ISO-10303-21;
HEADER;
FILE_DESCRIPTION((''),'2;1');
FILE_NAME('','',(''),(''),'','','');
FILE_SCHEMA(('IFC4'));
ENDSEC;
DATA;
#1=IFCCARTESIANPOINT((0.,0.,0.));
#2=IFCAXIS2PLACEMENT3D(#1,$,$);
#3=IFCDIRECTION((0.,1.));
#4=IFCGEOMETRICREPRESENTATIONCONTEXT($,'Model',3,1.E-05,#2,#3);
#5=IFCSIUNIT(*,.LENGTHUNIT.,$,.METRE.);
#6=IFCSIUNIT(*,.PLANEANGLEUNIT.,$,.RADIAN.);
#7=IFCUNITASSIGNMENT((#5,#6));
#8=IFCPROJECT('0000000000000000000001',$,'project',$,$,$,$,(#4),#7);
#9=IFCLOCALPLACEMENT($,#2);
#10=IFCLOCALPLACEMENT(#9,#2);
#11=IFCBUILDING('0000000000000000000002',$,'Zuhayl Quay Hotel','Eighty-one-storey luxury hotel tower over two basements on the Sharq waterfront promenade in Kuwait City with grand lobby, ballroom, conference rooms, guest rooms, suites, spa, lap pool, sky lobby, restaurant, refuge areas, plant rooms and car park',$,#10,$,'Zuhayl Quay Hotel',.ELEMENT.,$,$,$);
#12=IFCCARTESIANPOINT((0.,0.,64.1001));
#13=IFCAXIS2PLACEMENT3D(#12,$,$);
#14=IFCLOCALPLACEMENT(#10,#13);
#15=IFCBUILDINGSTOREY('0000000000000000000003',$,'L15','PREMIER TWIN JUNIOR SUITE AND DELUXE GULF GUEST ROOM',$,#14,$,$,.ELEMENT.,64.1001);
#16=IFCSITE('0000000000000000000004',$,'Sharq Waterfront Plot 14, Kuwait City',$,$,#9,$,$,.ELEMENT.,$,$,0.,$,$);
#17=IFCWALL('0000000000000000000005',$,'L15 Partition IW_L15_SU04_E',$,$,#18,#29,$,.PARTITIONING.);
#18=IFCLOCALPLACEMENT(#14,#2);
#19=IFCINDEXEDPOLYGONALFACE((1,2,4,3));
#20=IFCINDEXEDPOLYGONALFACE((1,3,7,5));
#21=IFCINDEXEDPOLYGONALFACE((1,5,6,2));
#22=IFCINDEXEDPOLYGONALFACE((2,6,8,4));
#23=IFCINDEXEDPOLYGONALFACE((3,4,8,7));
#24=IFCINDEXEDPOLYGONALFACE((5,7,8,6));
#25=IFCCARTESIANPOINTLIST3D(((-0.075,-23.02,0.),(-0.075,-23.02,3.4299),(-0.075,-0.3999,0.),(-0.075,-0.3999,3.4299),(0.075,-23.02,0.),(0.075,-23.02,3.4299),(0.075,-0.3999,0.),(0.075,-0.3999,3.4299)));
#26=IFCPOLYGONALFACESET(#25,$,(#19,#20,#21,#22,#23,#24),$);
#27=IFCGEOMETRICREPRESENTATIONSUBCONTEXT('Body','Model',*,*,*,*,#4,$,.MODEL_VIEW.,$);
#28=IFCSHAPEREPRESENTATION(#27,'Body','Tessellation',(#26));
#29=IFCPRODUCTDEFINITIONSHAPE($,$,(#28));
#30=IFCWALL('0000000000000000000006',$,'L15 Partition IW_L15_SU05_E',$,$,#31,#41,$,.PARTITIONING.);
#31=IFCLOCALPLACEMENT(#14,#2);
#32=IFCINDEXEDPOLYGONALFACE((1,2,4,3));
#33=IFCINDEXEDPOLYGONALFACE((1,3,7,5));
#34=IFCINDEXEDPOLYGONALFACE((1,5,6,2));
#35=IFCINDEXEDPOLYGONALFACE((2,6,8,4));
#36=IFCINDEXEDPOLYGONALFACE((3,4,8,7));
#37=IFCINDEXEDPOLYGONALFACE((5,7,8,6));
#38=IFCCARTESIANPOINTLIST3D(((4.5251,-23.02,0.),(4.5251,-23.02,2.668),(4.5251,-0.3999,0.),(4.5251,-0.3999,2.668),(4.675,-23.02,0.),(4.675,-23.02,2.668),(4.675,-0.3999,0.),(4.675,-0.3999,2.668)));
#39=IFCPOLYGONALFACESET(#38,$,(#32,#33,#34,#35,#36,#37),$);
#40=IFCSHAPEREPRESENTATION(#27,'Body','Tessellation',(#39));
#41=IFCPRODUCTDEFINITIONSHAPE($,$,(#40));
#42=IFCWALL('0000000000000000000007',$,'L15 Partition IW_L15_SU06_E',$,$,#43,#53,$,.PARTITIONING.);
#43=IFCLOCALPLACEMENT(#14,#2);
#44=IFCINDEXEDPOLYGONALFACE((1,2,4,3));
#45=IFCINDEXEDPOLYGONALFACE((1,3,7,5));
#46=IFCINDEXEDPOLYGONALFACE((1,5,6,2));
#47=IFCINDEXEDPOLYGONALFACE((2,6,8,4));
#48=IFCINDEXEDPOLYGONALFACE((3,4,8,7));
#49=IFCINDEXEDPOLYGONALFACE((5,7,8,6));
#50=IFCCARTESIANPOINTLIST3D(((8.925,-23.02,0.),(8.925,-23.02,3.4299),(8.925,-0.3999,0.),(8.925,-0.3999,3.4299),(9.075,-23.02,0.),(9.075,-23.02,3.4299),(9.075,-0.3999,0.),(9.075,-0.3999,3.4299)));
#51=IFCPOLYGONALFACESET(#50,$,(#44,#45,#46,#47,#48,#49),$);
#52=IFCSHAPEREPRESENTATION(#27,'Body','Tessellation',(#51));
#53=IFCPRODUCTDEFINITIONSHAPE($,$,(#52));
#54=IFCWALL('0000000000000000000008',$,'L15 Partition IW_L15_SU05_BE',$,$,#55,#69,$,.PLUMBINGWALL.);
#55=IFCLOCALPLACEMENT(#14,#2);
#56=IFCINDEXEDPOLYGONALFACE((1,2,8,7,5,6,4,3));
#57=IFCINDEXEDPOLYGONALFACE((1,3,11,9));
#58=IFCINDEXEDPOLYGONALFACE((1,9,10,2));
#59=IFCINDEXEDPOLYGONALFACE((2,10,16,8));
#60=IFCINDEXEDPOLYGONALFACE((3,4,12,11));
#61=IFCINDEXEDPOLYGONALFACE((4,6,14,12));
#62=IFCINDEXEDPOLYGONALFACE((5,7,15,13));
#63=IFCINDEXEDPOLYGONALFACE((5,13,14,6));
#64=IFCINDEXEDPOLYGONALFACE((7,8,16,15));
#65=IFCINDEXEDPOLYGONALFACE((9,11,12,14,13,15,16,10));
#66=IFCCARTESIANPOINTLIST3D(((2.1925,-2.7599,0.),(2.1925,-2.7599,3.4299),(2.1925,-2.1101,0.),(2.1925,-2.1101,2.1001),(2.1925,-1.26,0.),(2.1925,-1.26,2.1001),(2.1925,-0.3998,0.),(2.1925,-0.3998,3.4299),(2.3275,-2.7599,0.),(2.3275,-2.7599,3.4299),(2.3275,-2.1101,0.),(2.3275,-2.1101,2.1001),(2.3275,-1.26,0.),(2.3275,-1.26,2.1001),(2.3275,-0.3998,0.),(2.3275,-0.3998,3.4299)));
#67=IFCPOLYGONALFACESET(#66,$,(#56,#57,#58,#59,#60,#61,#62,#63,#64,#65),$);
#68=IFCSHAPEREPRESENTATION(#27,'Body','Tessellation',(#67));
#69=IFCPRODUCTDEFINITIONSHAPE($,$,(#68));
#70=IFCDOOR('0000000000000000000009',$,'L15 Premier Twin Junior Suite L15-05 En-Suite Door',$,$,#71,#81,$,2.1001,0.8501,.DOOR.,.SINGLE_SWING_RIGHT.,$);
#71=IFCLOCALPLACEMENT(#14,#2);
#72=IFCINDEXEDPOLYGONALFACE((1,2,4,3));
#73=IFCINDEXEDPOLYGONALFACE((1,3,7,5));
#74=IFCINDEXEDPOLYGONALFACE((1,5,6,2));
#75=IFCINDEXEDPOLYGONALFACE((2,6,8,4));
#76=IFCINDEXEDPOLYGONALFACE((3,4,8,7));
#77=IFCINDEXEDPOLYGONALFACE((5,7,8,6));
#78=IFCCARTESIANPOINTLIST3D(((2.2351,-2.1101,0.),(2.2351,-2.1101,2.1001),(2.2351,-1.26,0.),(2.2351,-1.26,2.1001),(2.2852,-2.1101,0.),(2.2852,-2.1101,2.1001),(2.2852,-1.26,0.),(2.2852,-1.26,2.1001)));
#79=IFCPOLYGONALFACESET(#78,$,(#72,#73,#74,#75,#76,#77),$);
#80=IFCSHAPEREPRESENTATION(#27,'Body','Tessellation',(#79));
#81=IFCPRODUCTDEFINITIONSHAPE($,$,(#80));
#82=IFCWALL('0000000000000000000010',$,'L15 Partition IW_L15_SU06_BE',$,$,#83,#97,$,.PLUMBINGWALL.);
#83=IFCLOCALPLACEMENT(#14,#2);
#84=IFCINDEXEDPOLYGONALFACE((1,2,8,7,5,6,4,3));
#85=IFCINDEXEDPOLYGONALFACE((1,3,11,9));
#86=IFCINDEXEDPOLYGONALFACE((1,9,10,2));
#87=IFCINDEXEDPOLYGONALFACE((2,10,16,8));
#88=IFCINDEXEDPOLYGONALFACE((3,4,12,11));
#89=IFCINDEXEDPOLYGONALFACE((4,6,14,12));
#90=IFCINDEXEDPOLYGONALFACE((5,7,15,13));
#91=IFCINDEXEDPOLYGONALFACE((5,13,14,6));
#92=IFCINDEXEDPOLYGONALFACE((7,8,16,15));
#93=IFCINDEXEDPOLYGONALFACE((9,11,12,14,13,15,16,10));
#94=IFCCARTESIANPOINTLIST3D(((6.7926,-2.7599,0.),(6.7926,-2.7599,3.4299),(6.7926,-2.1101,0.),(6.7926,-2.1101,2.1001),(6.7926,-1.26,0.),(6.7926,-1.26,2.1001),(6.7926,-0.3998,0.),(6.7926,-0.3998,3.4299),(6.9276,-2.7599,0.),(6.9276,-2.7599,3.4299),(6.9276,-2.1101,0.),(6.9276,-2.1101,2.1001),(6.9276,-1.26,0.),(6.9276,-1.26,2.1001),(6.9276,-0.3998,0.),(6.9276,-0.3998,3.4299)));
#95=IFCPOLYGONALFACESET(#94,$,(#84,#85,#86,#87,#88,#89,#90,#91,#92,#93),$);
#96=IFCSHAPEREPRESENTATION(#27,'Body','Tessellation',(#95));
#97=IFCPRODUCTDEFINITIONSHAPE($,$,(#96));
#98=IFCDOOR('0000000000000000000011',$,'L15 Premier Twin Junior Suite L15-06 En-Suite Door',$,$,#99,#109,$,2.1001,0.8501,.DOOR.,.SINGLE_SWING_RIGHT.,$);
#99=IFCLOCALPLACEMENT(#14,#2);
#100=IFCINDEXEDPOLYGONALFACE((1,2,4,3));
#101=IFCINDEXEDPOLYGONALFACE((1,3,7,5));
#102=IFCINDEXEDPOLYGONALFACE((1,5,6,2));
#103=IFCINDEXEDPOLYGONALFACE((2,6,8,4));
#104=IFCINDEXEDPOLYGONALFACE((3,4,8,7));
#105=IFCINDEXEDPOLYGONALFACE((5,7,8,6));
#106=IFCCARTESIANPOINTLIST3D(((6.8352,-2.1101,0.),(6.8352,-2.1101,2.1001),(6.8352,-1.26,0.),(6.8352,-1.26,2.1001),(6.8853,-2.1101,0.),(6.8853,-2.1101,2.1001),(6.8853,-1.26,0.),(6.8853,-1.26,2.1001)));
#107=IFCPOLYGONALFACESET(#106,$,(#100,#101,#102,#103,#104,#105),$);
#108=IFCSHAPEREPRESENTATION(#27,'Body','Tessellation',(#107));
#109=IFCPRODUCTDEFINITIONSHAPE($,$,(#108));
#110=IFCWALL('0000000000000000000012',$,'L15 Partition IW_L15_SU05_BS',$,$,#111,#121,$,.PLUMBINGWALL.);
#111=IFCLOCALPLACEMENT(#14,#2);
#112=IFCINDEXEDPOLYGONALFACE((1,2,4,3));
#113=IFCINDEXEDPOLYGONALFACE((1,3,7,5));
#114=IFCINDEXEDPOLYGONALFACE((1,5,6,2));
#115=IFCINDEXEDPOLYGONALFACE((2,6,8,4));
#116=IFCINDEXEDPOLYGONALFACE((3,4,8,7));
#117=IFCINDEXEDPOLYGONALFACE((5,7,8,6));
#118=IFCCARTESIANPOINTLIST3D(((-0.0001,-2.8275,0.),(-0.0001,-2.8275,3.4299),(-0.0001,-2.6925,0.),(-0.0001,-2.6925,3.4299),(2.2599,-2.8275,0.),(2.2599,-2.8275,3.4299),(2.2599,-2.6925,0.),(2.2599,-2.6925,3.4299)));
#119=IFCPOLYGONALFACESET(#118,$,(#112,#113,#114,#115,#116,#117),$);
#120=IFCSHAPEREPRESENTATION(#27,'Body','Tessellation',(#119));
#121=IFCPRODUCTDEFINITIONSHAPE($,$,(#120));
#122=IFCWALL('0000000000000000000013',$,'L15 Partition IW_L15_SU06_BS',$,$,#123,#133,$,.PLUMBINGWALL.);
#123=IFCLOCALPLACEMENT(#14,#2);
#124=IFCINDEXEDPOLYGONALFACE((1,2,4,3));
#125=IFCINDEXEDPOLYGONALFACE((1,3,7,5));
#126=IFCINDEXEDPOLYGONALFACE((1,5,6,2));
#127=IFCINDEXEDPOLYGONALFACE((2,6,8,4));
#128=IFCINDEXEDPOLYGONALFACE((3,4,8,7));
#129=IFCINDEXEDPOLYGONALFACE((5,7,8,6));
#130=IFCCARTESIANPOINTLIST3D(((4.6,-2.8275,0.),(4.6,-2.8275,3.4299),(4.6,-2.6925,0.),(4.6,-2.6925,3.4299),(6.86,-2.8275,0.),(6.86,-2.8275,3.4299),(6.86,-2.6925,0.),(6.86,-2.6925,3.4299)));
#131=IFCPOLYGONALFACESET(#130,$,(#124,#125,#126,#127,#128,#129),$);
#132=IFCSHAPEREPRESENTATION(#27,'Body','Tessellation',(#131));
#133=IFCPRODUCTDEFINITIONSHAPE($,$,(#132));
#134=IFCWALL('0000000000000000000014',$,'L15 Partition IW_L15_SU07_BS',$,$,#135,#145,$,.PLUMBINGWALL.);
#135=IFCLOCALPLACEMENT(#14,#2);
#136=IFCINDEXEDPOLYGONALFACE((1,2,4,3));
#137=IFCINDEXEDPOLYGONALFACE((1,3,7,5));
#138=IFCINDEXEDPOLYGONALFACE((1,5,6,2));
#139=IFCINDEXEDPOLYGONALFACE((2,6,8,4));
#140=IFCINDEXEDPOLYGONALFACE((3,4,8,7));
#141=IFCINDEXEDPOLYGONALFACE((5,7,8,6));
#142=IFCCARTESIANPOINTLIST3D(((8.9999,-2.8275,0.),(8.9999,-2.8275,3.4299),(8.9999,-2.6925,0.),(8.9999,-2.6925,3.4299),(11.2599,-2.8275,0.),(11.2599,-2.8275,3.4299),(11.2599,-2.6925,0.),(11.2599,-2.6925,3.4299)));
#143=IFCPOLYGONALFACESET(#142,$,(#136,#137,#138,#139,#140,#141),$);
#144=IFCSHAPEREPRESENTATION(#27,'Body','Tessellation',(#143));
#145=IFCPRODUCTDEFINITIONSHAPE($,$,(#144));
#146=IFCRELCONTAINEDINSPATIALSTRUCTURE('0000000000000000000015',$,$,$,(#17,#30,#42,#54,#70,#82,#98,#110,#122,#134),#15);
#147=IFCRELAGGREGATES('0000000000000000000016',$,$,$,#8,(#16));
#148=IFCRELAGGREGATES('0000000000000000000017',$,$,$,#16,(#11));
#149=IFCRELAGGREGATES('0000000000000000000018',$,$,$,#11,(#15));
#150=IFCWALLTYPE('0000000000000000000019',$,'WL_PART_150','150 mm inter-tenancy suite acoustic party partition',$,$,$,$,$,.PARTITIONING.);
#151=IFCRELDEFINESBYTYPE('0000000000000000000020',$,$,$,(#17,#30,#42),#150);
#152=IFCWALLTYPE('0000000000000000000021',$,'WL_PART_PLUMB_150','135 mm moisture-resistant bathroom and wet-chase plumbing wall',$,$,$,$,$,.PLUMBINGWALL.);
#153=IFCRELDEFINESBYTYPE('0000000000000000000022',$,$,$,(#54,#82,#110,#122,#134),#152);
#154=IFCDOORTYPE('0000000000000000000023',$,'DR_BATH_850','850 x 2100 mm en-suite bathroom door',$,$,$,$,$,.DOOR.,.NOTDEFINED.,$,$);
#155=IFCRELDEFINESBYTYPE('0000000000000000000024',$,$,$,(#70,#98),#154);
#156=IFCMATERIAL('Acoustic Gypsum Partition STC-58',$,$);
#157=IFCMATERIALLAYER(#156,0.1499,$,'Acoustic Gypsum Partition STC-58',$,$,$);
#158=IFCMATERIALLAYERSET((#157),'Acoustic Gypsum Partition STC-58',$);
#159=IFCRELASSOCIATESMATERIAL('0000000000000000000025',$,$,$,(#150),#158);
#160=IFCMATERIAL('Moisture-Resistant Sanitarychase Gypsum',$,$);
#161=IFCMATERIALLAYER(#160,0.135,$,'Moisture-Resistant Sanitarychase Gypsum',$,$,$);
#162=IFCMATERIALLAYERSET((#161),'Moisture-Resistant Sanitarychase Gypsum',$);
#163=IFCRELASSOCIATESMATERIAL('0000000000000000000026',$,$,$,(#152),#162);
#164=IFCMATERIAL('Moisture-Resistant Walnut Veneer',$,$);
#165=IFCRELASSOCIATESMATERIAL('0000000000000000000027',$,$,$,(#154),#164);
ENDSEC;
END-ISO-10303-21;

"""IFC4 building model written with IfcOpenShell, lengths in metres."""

from ifc_helpers import new_model, si_unit, direction, frame, frame_2d, origin, place, context, subcontext, project, spatial, rectangle, extrude, material, layer, layer_set, type_object, element, fill, save


model = new_model("IFC4")

# Units and contexts
model_context = context("Model", 3, precision=1e-05, world=origin(), true_north=direction((0.0, 1.0)))
body_context = subcontext(model_context, "Body", "Model", "MODEL_VIEW")
ifc_project = project(units=[si_unit("LENGTHUNIT", "METRE"), si_unit("PLANEANGLEUNIT", "RADIAN")], contexts=[model_context])

# Site, building, storey
site_placement = place(None, origin())
site = spatial("IfcSite", under=ifc_project, at=site_placement, Name="Sharq Waterfront Plot 14, Kuwait City", CompositionType="ELEMENT", RefElevation=0.0)
building_placement = place(site_placement, origin())
building = spatial("IfcBuilding", under=site, at=building_placement, Name="Zuhayl Quay Hotel", Description="Eighty-one-storey luxury hotel tower over two basements on the Sharq waterfront promenade in Kuwait City with grand lobby, ballroom, conference rooms, guest rooms, suites, spa, lap pool, sky lobby, restaurant, refuge areas, plant rooms and car park", LongName="Zuhayl Quay Hotel", CompositionType="ELEMENT")
storey_placement = place(building_placement, frame((0.0, 0.0, 64.1001)))
storey = spatial("IfcBuildingStorey", under=building, at=storey_placement, Name="L15", Description="PREMIER TWIN JUNIOR SUITE AND DELUXE GULF GUEST ROOM", CompositionType="ELEMENT", Elevation=64.1001)

# Walls
ifc_material_1 = material(Name="Acoustic Gypsum Partition STC-58")
ifc_layer_1 = layer(ifc_material_1, 0.1499, Name="Acoustic Gypsum Partition STC-58")
ifc_layer_set_1 = layer_set([ifc_layer_1], Name="Acoustic Gypsum Partition STC-58")
wall_type_1 = type_object("IfcWallType", Name="WL_PART_150", Description="150 mm inter-tenancy suite acoustic party partition", PredefinedType="PARTITIONING", material=ifc_layer_set_1)
wall_1_placement = place(storey_placement, frame((0.0, -23.02, 0.0), z_axis=(0.0, 0.0, 1.0), x_axis=(0.0, 1.0, 0.0)))
element("IfcWall", 1, at=wall_1_placement, inside=storey, type_object=wall_type_1, Name="L15 Partition IW_L15_SU04_E", PredefinedType="PARTITIONING", context=body_context, shape_type="SweptSolid", body=[
    extrude(rectangle(XDim=22.6201, YDim=0.1499, at=frame_2d((11.3101, 0.0))), origin(), (0.0, 0.0, 1.0), 3.4299),
])
wall_2_placement = place(storey_placement, frame((4.6001, -23.02, 0.0), z_axis=(0.0, 0.0, 1.0), x_axis=(0.0, 1.0, 0.0)))
element("IfcWall", 2, at=wall_2_placement, inside=storey, type_object=wall_type_1, Name="L15 Partition IW_L15_SU05_E", PredefinedType="PARTITIONING", context=body_context, shape_type="SweptSolid", body=[
    extrude(rectangle(XDim=22.6201, YDim=0.1499, at=frame_2d((11.3101, 0.0))), origin(), (0.0, 0.0, 1.0), 2.668),
])
wall_3_placement = place(storey_placement, frame((9.0, -23.02, 0.0), z_axis=(0.0, 0.0, 1.0), x_axis=(0.0, 1.0, 0.0)))
element("IfcWall", 3, at=wall_3_placement, inside=storey, type_object=wall_type_1, Name="L15 Partition IW_L15_SU06_E", PredefinedType="PARTITIONING", context=body_context, shape_type="SweptSolid", body=[
    extrude(rectangle(XDim=22.6201, YDim=0.1499, at=frame_2d((11.3101, 0.0))), origin(), (0.0, 0.0, 1.0), 3.4299),
])

# Walls, openings, doors
ifc_material_2 = material(Name="Moisture-Resistant Sanitarychase Gypsum")
ifc_layer_2 = layer(ifc_material_2, 0.135, Name="Moisture-Resistant Sanitarychase Gypsum")
ifc_layer_set_2 = layer_set([ifc_layer_2], Name="Moisture-Resistant Sanitarychase Gypsum")
wall_type_2 = type_object("IfcWallType", Name="WL_PART_PLUMB_150", Description="135 mm moisture-resistant bathroom and wet-chase plumbing wall", PredefinedType="PLUMBINGWALL", material=ifc_layer_set_2)
wall_4_placement = place(storey_placement, frame((2.26, -2.76, 0.0), z_axis=(0.0, 0.0, 1.0), x_axis=(0.0, 1.0, 0.0)))
wall_4 = element("IfcWall", 4, at=wall_4_placement, inside=storey, type_object=wall_type_2, Name="L15 Partition IW_L15_SU05_BE", PredefinedType="PLUMBINGWALL", context=body_context, shape_type="SweptSolid", body=[
    extrude(rectangle(XDim=2.3601, YDim=0.135, at=frame_2d((1.1802, 0.0))), origin(), (0.0, 0.0, 1.0), 3.4299),
])
opening_1_placement = place(wall_4_placement, frame((0.6499, 0.0, 0.0)))
opening_1 = element("IfcOpeningElement", 5, at=opening_1_placement, cuts=wall_4, PredefinedType="OPENING", context=body_context, shape_type="SweptSolid", body=[
    extrude(rectangle(XDim=0.8501, YDim=2.1001, at=frame_2d((0.425, 1.05))), frame((0.0, 0.0774, 0.0), z_axis=(0.0, -1.0, 0.0), x_axis=(1.0, 0.0, 0.0)), (0.0, 0.0, 1.0), 0.155),
])
ifc_material_3 = material(Name="Moisture-Resistant Walnut Veneer")
door_type = type_object("IfcDoorType", Name="DR_BATH_850", Description="850 x 2100 mm en-suite bathroom door", OperationType="NOTDEFINED", PredefinedType="DOOR", material=ifc_material_3)
door_1_placement = place(opening_1_placement, origin())
door_1 = element("IfcDoor", 6, at=door_1_placement, inside=storey, type_object=door_type, Name="L15 Premier Twin Junior Suite L15-05 En-Suite Door", OperationType="SINGLE_SWING_RIGHT", OverallHeight=2.1001, OverallWidth=0.8501, PredefinedType="DOOR", context=body_context, shape_type="SweptSolid", body=[
    extrude(rectangle(XDim=0.8501, YDim=2.1001, at=frame_2d((0.425, 1.05))), frame((0.0, 0.0249, 0.0), z_axis=(0.0, -1.0, 0.0), x_axis=(1.0, 0.0, 0.0)), (0.0, 0.0, 1.0), 0.05),
])
fill(opening_1, door_1)
wall_5_placement = place(storey_placement, frame((6.8601, -2.76, 0.0), z_axis=(0.0, 0.0, 1.0), x_axis=(0.0, 1.0, 0.0)))
wall_5 = element("IfcWall", 7, at=wall_5_placement, inside=storey, type_object=wall_type_2, Name="L15 Partition IW_L15_SU06_BE", PredefinedType="PLUMBINGWALL", context=body_context, shape_type="SweptSolid", body=[
    extrude(rectangle(XDim=2.3601, YDim=0.135, at=frame_2d((1.1802, 0.0))), origin(), (0.0, 0.0, 1.0), 3.4299),
])
opening_2_placement = place(wall_5_placement, frame((0.6499, 0.0, 0.0)))
opening_2 = element("IfcOpeningElement", 8, at=opening_2_placement, cuts=wall_5, PredefinedType="OPENING", context=body_context, shape_type="SweptSolid", body=[
    extrude(rectangle(XDim=0.8501, YDim=2.1001, at=frame_2d((0.425, 1.05))), frame((0.0, 0.0774, 0.0), z_axis=(0.0, -1.0, 0.0), x_axis=(1.0, 0.0, 0.0)), (0.0, 0.0, 1.0), 0.155),
])
door_2_placement = place(opening_2_placement, origin())
door_2 = element("IfcDoor", 9, at=door_2_placement, inside=storey, type_object=door_type, Name="L15 Premier Twin Junior Suite L15-06 En-Suite Door", OperationType="SINGLE_SWING_RIGHT", OverallHeight=2.1001, OverallWidth=0.8501, PredefinedType="DOOR", context=body_context, shape_type="SweptSolid", body=[
    extrude(rectangle(XDim=0.8501, YDim=2.1001, at=frame_2d((0.425, 1.05))), frame((0.0, 0.0249, 0.0), z_axis=(0.0, -1.0, 0.0), x_axis=(1.0, 0.0, 0.0)), (0.0, 0.0, 1.0), 0.05),
])
fill(opening_2, door_2)

# Walls
for number, where, z_axis, x_axis, name in (
    (10, (0.0, -2.76, 0.0), (0.0, 0.0, 1.0), (1.0, 0.0, 0.0), "L15 Partition IW_L15_SU05_BS"),
    (11, (4.6001, -2.76, 0.0), (0.0, 0.0, 1.0), (1.0, 0.0, 0.0), "L15 Partition IW_L15_SU06_BS"),
    (12, (9.0, -2.76, 0.0), (0.0, 0.0, 1.0), (1.0, 0.0, 0.0), "L15 Partition IW_L15_SU07_BS"),
):
    element("IfcWall", number, at=place(storey_placement, frame(where, z_axis=z_axis, x_axis=x_axis)), inside=storey, type_object=wall_type_2, Name=name, PredefinedType="PLUMBINGWALL", context=body_context, shape_type="SweptSolid", body=[
        extrude(rectangle(XDim=2.26, YDim=0.135, at=frame_2d((1.1299, 0.0))), origin(), (0.0, 0.0, 1.0), 3.4299),
    ])

save(model, "model.ifc")
